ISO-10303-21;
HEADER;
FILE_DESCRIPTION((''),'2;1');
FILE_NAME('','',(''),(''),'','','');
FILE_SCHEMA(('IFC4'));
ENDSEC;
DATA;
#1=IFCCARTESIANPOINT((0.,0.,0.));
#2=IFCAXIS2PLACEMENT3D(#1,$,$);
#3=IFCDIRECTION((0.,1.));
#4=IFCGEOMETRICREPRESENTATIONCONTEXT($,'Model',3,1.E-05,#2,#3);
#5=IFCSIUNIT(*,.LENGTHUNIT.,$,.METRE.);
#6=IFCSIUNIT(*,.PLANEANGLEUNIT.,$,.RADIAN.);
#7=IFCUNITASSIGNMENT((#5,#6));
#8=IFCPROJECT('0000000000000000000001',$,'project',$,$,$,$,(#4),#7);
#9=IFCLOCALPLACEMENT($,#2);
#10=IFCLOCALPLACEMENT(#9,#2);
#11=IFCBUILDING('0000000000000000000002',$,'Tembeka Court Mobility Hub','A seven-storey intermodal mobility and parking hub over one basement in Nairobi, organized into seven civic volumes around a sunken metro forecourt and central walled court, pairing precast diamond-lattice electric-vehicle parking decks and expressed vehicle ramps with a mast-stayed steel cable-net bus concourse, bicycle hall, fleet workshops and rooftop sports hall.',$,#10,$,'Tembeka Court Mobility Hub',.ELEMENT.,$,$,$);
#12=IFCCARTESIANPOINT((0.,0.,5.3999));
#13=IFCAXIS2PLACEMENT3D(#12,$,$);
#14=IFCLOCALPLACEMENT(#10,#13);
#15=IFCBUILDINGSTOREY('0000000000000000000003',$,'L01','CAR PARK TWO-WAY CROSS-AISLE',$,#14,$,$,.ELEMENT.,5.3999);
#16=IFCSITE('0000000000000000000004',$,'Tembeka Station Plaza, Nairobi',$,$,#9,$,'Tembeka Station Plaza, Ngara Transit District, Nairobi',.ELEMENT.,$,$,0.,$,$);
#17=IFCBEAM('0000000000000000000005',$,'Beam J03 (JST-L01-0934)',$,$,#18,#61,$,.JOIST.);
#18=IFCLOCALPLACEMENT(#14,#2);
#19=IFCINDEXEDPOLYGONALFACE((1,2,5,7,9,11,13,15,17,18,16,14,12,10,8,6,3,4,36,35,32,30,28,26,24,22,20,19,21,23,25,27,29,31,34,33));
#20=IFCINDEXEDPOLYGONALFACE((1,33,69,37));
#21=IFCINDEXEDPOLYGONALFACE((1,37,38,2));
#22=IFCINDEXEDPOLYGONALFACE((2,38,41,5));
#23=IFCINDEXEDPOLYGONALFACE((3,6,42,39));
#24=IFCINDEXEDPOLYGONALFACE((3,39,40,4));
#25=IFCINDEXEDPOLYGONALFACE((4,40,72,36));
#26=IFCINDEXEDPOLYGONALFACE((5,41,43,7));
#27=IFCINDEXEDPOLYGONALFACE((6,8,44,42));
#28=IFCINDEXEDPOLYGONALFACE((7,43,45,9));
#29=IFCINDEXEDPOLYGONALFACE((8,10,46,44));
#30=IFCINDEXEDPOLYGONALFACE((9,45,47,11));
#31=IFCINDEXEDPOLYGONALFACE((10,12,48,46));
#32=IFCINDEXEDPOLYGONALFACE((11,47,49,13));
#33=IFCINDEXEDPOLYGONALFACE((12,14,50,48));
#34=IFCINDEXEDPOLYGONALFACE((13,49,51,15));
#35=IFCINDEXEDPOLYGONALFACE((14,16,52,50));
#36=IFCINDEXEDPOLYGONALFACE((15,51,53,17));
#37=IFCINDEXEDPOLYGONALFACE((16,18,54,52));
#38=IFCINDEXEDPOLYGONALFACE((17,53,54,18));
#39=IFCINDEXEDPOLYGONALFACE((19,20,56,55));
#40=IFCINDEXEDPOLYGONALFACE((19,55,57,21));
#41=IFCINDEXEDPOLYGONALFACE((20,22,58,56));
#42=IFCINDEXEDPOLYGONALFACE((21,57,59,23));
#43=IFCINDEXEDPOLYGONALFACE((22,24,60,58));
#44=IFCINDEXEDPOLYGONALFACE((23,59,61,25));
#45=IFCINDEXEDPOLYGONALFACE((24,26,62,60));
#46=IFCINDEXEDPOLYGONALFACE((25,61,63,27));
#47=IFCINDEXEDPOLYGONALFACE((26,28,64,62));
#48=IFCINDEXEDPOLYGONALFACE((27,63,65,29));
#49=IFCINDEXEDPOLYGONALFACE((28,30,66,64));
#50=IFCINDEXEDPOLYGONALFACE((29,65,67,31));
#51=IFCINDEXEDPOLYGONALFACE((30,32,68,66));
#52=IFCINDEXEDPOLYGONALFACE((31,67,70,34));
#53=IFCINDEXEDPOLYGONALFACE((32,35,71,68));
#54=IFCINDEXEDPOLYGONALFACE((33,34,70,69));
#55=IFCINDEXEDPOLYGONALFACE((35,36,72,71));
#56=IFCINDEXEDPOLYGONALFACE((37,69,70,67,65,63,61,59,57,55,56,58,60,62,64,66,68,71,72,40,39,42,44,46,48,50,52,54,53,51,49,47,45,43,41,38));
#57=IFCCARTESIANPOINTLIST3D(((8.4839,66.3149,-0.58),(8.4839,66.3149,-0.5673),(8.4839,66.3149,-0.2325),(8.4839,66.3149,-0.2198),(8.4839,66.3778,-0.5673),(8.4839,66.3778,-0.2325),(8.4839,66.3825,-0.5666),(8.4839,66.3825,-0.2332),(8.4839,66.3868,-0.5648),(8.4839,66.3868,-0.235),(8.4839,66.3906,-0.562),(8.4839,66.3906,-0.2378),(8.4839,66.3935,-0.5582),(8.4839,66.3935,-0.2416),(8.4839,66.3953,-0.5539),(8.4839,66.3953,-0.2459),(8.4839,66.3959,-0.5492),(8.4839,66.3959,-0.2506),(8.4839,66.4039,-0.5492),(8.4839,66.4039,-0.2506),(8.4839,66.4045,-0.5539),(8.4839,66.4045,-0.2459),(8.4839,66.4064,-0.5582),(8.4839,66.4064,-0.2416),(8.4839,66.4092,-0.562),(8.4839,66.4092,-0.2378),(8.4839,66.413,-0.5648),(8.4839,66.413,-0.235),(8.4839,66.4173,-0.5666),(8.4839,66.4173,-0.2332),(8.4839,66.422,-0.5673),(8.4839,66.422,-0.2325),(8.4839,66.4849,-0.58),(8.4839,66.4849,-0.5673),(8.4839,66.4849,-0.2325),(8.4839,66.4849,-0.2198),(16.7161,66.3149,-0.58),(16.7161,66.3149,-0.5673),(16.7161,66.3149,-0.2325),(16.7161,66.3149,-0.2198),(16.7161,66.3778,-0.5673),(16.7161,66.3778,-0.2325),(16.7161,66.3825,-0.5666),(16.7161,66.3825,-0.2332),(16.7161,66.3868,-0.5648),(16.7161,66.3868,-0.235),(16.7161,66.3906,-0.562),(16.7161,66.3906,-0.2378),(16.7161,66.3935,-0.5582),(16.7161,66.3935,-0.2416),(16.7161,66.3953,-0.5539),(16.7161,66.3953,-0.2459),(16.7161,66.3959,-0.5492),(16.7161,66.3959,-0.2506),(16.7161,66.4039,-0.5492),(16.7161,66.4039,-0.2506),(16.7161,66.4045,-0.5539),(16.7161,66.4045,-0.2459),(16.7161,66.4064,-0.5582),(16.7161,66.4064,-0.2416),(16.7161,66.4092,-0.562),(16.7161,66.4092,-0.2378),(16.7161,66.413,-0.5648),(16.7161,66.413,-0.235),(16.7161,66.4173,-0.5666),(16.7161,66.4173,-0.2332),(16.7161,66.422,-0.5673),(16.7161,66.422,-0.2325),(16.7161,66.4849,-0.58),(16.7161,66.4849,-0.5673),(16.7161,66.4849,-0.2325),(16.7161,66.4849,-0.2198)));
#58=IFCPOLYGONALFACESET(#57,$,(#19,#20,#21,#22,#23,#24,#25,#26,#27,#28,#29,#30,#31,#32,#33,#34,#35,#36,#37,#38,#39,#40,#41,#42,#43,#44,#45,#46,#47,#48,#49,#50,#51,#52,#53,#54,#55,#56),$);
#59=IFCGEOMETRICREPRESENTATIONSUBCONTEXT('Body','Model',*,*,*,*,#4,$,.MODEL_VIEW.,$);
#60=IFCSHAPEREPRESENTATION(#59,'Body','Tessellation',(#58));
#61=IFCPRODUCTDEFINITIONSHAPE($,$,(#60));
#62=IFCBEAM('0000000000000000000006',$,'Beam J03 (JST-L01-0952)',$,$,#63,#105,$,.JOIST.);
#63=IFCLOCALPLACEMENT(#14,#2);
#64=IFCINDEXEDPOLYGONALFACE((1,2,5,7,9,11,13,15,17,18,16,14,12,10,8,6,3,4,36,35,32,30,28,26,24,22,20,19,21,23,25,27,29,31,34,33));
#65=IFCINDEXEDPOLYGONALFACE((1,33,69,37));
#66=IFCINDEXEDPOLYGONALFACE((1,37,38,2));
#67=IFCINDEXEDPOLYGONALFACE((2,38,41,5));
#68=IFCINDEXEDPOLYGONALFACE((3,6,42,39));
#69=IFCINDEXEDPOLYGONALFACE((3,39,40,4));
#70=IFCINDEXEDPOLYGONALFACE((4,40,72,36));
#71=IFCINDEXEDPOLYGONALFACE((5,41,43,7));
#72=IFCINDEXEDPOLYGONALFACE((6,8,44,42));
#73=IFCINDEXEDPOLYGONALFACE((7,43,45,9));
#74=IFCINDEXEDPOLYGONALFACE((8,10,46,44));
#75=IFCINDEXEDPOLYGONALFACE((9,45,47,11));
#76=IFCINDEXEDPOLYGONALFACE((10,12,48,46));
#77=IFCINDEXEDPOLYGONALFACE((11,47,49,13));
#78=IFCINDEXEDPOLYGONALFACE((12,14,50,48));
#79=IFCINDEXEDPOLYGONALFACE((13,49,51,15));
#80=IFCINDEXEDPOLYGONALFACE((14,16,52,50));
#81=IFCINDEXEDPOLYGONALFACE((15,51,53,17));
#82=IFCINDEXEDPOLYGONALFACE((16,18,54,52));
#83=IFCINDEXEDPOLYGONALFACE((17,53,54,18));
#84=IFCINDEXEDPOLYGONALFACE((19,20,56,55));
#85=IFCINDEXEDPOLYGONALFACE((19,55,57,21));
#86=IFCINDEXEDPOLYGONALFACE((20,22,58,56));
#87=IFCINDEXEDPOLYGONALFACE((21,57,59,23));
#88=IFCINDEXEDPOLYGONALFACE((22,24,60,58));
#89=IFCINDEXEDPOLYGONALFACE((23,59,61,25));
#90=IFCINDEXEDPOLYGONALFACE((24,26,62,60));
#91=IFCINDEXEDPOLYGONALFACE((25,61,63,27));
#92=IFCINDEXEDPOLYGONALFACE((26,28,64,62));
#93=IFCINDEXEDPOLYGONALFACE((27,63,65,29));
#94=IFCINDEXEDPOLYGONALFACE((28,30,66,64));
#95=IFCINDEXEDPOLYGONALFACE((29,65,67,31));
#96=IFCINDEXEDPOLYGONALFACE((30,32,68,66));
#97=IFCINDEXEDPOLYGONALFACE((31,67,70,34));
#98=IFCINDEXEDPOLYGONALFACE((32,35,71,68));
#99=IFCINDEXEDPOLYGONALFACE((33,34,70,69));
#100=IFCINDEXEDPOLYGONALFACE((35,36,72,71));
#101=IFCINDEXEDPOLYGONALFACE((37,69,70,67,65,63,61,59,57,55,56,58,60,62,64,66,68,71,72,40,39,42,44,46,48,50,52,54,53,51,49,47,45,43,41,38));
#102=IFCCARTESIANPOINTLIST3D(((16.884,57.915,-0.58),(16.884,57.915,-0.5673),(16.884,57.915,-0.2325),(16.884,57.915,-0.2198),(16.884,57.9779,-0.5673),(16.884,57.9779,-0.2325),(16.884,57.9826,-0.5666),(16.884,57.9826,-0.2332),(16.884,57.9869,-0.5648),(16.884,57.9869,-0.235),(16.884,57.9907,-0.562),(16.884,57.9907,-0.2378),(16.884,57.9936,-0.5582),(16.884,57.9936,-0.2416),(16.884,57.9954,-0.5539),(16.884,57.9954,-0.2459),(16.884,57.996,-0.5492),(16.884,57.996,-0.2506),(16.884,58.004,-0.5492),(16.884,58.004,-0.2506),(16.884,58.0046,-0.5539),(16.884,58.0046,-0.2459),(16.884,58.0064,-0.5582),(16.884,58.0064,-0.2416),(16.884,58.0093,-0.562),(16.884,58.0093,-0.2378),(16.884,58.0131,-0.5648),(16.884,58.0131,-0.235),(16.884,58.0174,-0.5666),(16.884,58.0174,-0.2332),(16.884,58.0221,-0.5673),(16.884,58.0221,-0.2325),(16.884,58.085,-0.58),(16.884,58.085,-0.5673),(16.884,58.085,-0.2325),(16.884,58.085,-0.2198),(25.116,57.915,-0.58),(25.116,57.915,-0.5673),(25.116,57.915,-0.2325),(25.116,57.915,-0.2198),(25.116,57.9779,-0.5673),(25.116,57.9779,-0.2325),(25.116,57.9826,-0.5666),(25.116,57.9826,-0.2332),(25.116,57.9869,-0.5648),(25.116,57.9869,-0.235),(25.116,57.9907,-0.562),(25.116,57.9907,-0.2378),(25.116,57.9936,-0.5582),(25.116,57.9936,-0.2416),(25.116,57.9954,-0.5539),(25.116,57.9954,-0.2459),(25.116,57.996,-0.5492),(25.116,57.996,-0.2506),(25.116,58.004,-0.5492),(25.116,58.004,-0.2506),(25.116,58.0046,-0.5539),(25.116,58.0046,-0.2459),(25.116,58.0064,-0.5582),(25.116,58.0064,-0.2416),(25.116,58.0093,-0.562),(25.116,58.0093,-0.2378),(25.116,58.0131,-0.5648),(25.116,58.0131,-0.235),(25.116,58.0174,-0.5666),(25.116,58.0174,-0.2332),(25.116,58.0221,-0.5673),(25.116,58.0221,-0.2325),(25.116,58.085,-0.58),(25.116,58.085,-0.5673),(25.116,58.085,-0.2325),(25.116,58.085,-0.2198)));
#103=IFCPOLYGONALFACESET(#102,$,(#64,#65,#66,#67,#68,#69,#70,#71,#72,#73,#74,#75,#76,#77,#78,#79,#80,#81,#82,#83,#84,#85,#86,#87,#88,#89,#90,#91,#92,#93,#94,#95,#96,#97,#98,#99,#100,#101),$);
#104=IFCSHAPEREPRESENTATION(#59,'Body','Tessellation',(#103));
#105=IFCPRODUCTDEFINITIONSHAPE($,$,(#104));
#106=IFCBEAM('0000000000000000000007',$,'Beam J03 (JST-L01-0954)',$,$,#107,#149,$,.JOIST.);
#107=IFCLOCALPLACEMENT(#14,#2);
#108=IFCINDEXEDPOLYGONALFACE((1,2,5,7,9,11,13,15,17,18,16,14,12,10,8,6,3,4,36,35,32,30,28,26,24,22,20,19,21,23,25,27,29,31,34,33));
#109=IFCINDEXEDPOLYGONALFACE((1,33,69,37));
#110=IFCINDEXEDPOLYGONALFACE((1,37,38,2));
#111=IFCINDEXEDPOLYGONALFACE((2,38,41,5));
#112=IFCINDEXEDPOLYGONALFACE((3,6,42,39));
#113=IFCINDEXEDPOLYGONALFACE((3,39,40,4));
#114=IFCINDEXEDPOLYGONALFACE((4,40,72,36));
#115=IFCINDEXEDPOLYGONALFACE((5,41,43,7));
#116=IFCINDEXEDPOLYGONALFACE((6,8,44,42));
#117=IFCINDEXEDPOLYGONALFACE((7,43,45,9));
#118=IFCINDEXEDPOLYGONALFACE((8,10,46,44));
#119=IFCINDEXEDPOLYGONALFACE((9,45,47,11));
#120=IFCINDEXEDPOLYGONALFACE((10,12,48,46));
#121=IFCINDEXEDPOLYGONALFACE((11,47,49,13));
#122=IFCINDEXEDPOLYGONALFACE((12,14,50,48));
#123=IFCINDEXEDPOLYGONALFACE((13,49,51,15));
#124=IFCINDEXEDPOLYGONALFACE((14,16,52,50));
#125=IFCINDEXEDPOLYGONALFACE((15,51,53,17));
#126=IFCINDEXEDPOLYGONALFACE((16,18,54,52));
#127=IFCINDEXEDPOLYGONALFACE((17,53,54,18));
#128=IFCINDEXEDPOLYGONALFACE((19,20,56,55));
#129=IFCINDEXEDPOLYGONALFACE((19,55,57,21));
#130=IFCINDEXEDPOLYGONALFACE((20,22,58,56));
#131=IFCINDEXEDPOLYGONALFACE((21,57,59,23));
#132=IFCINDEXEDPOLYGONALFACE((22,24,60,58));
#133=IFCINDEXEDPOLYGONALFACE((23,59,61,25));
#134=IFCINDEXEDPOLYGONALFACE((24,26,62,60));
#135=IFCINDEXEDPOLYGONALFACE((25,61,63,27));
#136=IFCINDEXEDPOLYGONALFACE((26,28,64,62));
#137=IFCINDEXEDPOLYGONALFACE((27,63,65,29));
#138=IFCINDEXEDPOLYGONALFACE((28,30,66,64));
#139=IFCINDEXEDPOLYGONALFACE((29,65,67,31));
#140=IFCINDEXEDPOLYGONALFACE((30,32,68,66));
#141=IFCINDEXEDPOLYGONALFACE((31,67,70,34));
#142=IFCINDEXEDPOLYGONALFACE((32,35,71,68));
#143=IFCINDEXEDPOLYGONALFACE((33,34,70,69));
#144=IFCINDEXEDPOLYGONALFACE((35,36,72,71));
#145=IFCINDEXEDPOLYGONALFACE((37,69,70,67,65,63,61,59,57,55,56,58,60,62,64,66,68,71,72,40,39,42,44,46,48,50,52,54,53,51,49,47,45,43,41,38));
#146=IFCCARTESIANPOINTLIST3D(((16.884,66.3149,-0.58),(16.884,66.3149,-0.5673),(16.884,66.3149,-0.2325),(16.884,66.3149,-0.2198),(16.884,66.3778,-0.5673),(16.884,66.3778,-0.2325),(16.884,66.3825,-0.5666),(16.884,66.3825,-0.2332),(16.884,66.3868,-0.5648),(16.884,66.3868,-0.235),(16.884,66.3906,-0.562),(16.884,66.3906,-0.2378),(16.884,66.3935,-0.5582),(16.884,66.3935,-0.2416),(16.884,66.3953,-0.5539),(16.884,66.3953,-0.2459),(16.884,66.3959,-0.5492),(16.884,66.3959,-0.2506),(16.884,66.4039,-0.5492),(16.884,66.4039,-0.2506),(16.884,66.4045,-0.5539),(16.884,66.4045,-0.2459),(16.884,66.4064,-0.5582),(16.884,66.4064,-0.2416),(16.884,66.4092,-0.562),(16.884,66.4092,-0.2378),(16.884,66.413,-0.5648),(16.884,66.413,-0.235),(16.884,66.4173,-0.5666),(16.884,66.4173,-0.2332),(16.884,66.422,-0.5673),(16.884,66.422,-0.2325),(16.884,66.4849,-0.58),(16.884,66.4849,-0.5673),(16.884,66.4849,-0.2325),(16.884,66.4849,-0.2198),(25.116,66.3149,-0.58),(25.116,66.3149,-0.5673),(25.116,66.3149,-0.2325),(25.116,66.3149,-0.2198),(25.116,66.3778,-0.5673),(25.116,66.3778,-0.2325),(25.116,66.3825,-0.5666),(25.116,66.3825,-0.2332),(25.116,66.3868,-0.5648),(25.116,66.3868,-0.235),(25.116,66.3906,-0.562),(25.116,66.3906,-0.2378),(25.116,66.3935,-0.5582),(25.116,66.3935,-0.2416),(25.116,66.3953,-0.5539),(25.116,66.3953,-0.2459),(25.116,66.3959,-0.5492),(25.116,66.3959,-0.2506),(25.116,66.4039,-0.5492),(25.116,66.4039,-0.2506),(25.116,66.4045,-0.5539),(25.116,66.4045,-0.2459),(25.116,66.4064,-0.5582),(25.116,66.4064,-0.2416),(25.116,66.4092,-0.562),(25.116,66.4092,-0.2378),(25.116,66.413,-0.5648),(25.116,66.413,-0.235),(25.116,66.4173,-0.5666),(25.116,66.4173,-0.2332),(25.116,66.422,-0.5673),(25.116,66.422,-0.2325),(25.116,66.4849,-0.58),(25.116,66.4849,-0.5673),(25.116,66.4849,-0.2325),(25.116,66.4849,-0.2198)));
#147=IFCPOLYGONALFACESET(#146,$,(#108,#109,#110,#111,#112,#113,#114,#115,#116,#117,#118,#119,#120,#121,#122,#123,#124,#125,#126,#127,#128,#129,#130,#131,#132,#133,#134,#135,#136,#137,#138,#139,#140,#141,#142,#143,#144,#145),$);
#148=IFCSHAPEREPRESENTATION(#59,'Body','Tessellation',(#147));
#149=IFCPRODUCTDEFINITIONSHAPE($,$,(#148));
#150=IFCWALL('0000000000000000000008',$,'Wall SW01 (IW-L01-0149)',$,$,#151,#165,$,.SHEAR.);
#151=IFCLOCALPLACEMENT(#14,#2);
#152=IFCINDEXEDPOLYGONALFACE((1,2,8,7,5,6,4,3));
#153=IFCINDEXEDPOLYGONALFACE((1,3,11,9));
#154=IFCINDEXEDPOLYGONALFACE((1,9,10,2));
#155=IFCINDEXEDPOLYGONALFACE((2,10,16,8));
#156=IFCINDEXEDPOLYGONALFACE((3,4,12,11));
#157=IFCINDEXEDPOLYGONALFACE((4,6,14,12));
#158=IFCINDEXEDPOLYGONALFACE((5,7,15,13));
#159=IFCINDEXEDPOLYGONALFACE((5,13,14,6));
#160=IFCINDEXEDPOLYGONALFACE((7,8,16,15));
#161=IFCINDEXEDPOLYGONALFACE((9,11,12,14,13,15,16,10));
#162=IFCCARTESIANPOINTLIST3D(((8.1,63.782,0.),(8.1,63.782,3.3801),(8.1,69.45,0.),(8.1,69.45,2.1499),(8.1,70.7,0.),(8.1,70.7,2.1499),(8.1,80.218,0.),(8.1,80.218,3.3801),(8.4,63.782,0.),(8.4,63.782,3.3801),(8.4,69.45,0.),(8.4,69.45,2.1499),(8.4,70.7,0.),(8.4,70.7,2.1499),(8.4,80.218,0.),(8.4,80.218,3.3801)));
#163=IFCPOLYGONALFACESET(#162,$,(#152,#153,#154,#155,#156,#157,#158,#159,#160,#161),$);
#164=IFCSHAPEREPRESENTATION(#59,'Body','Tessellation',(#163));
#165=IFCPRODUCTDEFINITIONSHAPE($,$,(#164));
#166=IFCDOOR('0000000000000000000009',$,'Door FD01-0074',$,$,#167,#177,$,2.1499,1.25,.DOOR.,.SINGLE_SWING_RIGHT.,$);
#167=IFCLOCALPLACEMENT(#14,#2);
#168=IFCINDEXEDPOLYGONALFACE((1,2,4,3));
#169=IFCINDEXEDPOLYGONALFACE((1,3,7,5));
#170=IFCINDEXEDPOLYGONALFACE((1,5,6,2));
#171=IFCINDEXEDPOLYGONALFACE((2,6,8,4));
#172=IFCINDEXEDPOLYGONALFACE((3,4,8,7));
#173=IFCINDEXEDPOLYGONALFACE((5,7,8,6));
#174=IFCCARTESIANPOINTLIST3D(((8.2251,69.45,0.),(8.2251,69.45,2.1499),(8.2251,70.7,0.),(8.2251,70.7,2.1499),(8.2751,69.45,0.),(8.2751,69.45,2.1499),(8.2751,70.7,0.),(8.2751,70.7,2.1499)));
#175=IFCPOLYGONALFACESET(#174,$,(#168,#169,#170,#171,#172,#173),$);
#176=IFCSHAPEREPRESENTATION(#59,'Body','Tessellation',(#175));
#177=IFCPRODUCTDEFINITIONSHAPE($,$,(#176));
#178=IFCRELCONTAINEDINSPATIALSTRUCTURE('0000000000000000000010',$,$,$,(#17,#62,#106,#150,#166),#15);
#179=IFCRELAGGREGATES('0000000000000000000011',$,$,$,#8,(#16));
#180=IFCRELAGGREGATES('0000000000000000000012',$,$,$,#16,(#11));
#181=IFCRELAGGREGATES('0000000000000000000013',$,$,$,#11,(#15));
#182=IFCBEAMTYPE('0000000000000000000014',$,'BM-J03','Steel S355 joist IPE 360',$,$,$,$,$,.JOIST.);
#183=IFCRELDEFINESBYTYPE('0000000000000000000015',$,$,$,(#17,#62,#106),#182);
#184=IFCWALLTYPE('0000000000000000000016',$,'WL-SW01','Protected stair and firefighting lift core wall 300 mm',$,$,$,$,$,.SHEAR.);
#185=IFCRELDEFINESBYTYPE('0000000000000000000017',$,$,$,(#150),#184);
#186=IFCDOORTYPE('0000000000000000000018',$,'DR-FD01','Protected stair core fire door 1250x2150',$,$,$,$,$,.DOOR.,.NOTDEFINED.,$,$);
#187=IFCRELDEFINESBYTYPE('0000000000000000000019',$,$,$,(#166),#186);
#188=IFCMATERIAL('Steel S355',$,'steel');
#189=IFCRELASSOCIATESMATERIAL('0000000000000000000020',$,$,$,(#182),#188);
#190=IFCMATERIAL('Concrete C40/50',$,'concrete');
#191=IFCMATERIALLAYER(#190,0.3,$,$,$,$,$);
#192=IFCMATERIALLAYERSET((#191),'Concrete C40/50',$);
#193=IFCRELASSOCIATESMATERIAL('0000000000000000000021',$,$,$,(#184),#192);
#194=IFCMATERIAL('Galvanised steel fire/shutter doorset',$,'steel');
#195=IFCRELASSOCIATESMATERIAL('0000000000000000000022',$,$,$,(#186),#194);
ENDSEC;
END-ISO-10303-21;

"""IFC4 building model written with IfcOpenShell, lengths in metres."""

from ifc_helpers import new_model, si_unit, direction, frame, frame_2d, origin, origin_2d, place, context, subcontext, project, spatial, rectangle, i_section, extrude, material, layer, layer_set, material_profile, profile_set, type_object, element, fill, save


model = new_model("IFC4")

# Units and contexts
model_context = context("Model", 3, precision=1e-05, world=origin(), true_north=direction((0.0, 1.0)))
body_context = subcontext(model_context, "Body", "Model", "MODEL_VIEW")
ifc_project = project(units=[si_unit("LENGTHUNIT", "METRE"), si_unit("PLANEANGLEUNIT", "RADIAN")], contexts=[model_context])

# Site, building, storey
site_placement = place(None, origin())
site = spatial("IfcSite", under=ifc_project, at=site_placement, Name="Tembeka Station Plaza, Nairobi", LongName="Tembeka Station Plaza, Ngara Transit District, Nairobi", CompositionType="ELEMENT", RefElevation=0.0)
building_placement = place(site_placement, origin())
building = spatial("IfcBuilding", under=site, at=building_placement, Name="Tembeka Court Mobility Hub", Description="A seven-storey intermodal mobility and parking hub over one basement in Nairobi, organized into seven civic volumes around a sunken metro forecourt and central walled court, pairing precast diamond-lattice electric-vehicle parking decks and expressed vehicle ramps with a mast-stayed steel cable-net bus concourse, bicycle hall, fleet workshops and rooftop sports hall.", LongName="Tembeka Court Mobility Hub", CompositionType="ELEMENT")
storey_placement = place(building_placement, frame((0.0, 0.0, 5.3999)))
storey = spatial("IfcBuildingStorey", under=building, at=storey_placement, Name="L01", Description="CAR PARK TWO-WAY CROSS-AISLE", CompositionType="ELEMENT", Elevation=5.3999)

# Shared definitions
ifc_material_1 = material(Name="Steel S355", Category="steel")

# Beams
ifc_material_profile_1 = material_profile(ifc_material_1, i_section(OverallWidth=0.1699, OverallDepth=0.3601, WebThickness=0.0081, FlangeThickness=0.0127, FilletRadius=0.0181, at=origin_2d()), Name="IPE 360")
ifc_profile_set_1 = profile_set([ifc_material_profile_1], Name="Steel S355")
beam_type_1 = type_object("IfcBeamType", Name="BM-J03", Description="Steel S355 joist IPE 360", PredefinedType="JOIST", material=ifc_profile_set_1)
for number, where, z_axis, x_axis, name in (
    (1, (8.4839, 66.3999, -0.3999), (1.0, 0.0, 0.0), (0.0, 1.0, 0.0), "Beam J03 (JST-L01-0934)"),
):
    element("IfcBeam", number, at=place(storey_placement, frame(where, z_axis=z_axis, x_axis=x_axis)), inside=storey, type_object=beam_type_1, Name=name, PredefinedType="JOIST", context=body_context, shape_type="SweptSolid", body=[
        extrude(i_section(OverallWidth=0.1699, OverallDepth=0.3601, WebThickness=0.0081, FlangeThickness=0.0127, FilletRadius=0.0181, at=origin_2d()), origin(), (0.0, 0.0, 1.0), 8.2322),
    ])
for number, where, z_axis, x_axis, name in (
    (2, (16.884, 58.0, -0.3999), (1.0, 0.0, 0.0), (0.0, 1.0, 0.0), "Beam J03 (JST-L01-0952)"),
    (3, (16.884, 66.3999, -0.3999), (1.0, 0.0, 0.0), (0.0, 1.0, 0.0), "Beam J03 (JST-L01-0954)"),
):
    element("IfcBeam", number, at=place(storey_placement, frame(where, z_axis=z_axis, x_axis=x_axis)), inside=storey, type_object=beam_type_1, Name=name, PredefinedType="JOIST", context=body_context, shape_type="SweptSolid", body=[
        extrude(i_section(OverallWidth=0.1699, OverallDepth=0.3601, WebThickness=0.0081, FlangeThickness=0.0127, FilletRadius=0.0181, at=origin_2d()), origin(), (0.0, 0.0, 1.0), 8.2319),
    ])

# Wall, opening, door
ifc_material_2 = material(Name="Concrete C40/50", Category="concrete")
ifc_layer = layer(ifc_material_2, 0.3)
ifc_layer_set = layer_set([ifc_layer], Name="Concrete C40/50")
wall_type = type_object("IfcWallType", Name="WL-SW01", Description="Protected stair and firefighting lift core wall 300 mm", PredefinedType="SHEAR", material=ifc_layer_set)
wall_1_placement = place(storey_placement, frame((8.25, 63.782, 0.0), z_axis=(0.0, 0.0, 1.0), x_axis=(0.0, 1.0, 0.0)))
wall_1 = element("IfcWall", 4, at=wall_1_placement, inside=storey, type_object=wall_type, Name="Wall SW01 (IW-L01-0149)", PredefinedType="SHEAR", context=body_context, shape_type="SweptSolid", body=[
    extrude(rectangle(XDim=16.436, YDim=0.3, at=frame_2d((8.218, 0.0))), origin(), (0.0, 0.0, 1.0), 3.3801),
])
opening_1_placement = place(wall_1_placement, frame((5.668, 0.0, 0.0)))
opening_1 = element("IfcOpeningElement", 5, at=opening_1_placement, cuts=wall_1, PredefinedType="OPENING", context=body_context, shape_type="SweptSolid", body=[
    extrude(rectangle(XDim=1.25, YDim=2.1499, at=frame_2d((0.625, 1.075))), frame((0.0, 0.1602, 0.0), z_axis=(0.0, -1.0, 0.0), x_axis=(1.0, 0.0, 0.0)), (0.0, 0.0, 1.0), 0.3201),
])
ifc_material_3 = material(Name="Galvanised steel fire/shutter doorset", Category="steel")
door_type_1 = type_object("IfcDoorType", Name="DR-FD01", Description="Protected stair core fire door 1250x2150", OperationType="NOTDEFINED", PredefinedType="DOOR", material=ifc_material_3)
door_1_placement = place(opening_1_placement, origin())
door_1 = element("IfcDoor", 6, at=door_1_placement, inside=storey, type_object=door_type_1, Name="Door FD01-0074", OperationType="SINGLE_SWING_RIGHT", OverallHeight=2.1499, OverallWidth=1.25, PredefinedType="DOOR", context=body_context, shape_type="SweptSolid", body=[
    extrude(rectangle(XDim=1.25, YDim=2.1499, at=frame_2d((0.625, 1.075))), frame((0.0, 0.0249, 0.0), z_axis=(0.0, -1.0, 0.0), x_axis=(1.0, 0.0, 0.0)), (0.0, 0.0, 1.0), 0.05),
])
fill(opening_1, door_1)

save(model, "model.ifc")
